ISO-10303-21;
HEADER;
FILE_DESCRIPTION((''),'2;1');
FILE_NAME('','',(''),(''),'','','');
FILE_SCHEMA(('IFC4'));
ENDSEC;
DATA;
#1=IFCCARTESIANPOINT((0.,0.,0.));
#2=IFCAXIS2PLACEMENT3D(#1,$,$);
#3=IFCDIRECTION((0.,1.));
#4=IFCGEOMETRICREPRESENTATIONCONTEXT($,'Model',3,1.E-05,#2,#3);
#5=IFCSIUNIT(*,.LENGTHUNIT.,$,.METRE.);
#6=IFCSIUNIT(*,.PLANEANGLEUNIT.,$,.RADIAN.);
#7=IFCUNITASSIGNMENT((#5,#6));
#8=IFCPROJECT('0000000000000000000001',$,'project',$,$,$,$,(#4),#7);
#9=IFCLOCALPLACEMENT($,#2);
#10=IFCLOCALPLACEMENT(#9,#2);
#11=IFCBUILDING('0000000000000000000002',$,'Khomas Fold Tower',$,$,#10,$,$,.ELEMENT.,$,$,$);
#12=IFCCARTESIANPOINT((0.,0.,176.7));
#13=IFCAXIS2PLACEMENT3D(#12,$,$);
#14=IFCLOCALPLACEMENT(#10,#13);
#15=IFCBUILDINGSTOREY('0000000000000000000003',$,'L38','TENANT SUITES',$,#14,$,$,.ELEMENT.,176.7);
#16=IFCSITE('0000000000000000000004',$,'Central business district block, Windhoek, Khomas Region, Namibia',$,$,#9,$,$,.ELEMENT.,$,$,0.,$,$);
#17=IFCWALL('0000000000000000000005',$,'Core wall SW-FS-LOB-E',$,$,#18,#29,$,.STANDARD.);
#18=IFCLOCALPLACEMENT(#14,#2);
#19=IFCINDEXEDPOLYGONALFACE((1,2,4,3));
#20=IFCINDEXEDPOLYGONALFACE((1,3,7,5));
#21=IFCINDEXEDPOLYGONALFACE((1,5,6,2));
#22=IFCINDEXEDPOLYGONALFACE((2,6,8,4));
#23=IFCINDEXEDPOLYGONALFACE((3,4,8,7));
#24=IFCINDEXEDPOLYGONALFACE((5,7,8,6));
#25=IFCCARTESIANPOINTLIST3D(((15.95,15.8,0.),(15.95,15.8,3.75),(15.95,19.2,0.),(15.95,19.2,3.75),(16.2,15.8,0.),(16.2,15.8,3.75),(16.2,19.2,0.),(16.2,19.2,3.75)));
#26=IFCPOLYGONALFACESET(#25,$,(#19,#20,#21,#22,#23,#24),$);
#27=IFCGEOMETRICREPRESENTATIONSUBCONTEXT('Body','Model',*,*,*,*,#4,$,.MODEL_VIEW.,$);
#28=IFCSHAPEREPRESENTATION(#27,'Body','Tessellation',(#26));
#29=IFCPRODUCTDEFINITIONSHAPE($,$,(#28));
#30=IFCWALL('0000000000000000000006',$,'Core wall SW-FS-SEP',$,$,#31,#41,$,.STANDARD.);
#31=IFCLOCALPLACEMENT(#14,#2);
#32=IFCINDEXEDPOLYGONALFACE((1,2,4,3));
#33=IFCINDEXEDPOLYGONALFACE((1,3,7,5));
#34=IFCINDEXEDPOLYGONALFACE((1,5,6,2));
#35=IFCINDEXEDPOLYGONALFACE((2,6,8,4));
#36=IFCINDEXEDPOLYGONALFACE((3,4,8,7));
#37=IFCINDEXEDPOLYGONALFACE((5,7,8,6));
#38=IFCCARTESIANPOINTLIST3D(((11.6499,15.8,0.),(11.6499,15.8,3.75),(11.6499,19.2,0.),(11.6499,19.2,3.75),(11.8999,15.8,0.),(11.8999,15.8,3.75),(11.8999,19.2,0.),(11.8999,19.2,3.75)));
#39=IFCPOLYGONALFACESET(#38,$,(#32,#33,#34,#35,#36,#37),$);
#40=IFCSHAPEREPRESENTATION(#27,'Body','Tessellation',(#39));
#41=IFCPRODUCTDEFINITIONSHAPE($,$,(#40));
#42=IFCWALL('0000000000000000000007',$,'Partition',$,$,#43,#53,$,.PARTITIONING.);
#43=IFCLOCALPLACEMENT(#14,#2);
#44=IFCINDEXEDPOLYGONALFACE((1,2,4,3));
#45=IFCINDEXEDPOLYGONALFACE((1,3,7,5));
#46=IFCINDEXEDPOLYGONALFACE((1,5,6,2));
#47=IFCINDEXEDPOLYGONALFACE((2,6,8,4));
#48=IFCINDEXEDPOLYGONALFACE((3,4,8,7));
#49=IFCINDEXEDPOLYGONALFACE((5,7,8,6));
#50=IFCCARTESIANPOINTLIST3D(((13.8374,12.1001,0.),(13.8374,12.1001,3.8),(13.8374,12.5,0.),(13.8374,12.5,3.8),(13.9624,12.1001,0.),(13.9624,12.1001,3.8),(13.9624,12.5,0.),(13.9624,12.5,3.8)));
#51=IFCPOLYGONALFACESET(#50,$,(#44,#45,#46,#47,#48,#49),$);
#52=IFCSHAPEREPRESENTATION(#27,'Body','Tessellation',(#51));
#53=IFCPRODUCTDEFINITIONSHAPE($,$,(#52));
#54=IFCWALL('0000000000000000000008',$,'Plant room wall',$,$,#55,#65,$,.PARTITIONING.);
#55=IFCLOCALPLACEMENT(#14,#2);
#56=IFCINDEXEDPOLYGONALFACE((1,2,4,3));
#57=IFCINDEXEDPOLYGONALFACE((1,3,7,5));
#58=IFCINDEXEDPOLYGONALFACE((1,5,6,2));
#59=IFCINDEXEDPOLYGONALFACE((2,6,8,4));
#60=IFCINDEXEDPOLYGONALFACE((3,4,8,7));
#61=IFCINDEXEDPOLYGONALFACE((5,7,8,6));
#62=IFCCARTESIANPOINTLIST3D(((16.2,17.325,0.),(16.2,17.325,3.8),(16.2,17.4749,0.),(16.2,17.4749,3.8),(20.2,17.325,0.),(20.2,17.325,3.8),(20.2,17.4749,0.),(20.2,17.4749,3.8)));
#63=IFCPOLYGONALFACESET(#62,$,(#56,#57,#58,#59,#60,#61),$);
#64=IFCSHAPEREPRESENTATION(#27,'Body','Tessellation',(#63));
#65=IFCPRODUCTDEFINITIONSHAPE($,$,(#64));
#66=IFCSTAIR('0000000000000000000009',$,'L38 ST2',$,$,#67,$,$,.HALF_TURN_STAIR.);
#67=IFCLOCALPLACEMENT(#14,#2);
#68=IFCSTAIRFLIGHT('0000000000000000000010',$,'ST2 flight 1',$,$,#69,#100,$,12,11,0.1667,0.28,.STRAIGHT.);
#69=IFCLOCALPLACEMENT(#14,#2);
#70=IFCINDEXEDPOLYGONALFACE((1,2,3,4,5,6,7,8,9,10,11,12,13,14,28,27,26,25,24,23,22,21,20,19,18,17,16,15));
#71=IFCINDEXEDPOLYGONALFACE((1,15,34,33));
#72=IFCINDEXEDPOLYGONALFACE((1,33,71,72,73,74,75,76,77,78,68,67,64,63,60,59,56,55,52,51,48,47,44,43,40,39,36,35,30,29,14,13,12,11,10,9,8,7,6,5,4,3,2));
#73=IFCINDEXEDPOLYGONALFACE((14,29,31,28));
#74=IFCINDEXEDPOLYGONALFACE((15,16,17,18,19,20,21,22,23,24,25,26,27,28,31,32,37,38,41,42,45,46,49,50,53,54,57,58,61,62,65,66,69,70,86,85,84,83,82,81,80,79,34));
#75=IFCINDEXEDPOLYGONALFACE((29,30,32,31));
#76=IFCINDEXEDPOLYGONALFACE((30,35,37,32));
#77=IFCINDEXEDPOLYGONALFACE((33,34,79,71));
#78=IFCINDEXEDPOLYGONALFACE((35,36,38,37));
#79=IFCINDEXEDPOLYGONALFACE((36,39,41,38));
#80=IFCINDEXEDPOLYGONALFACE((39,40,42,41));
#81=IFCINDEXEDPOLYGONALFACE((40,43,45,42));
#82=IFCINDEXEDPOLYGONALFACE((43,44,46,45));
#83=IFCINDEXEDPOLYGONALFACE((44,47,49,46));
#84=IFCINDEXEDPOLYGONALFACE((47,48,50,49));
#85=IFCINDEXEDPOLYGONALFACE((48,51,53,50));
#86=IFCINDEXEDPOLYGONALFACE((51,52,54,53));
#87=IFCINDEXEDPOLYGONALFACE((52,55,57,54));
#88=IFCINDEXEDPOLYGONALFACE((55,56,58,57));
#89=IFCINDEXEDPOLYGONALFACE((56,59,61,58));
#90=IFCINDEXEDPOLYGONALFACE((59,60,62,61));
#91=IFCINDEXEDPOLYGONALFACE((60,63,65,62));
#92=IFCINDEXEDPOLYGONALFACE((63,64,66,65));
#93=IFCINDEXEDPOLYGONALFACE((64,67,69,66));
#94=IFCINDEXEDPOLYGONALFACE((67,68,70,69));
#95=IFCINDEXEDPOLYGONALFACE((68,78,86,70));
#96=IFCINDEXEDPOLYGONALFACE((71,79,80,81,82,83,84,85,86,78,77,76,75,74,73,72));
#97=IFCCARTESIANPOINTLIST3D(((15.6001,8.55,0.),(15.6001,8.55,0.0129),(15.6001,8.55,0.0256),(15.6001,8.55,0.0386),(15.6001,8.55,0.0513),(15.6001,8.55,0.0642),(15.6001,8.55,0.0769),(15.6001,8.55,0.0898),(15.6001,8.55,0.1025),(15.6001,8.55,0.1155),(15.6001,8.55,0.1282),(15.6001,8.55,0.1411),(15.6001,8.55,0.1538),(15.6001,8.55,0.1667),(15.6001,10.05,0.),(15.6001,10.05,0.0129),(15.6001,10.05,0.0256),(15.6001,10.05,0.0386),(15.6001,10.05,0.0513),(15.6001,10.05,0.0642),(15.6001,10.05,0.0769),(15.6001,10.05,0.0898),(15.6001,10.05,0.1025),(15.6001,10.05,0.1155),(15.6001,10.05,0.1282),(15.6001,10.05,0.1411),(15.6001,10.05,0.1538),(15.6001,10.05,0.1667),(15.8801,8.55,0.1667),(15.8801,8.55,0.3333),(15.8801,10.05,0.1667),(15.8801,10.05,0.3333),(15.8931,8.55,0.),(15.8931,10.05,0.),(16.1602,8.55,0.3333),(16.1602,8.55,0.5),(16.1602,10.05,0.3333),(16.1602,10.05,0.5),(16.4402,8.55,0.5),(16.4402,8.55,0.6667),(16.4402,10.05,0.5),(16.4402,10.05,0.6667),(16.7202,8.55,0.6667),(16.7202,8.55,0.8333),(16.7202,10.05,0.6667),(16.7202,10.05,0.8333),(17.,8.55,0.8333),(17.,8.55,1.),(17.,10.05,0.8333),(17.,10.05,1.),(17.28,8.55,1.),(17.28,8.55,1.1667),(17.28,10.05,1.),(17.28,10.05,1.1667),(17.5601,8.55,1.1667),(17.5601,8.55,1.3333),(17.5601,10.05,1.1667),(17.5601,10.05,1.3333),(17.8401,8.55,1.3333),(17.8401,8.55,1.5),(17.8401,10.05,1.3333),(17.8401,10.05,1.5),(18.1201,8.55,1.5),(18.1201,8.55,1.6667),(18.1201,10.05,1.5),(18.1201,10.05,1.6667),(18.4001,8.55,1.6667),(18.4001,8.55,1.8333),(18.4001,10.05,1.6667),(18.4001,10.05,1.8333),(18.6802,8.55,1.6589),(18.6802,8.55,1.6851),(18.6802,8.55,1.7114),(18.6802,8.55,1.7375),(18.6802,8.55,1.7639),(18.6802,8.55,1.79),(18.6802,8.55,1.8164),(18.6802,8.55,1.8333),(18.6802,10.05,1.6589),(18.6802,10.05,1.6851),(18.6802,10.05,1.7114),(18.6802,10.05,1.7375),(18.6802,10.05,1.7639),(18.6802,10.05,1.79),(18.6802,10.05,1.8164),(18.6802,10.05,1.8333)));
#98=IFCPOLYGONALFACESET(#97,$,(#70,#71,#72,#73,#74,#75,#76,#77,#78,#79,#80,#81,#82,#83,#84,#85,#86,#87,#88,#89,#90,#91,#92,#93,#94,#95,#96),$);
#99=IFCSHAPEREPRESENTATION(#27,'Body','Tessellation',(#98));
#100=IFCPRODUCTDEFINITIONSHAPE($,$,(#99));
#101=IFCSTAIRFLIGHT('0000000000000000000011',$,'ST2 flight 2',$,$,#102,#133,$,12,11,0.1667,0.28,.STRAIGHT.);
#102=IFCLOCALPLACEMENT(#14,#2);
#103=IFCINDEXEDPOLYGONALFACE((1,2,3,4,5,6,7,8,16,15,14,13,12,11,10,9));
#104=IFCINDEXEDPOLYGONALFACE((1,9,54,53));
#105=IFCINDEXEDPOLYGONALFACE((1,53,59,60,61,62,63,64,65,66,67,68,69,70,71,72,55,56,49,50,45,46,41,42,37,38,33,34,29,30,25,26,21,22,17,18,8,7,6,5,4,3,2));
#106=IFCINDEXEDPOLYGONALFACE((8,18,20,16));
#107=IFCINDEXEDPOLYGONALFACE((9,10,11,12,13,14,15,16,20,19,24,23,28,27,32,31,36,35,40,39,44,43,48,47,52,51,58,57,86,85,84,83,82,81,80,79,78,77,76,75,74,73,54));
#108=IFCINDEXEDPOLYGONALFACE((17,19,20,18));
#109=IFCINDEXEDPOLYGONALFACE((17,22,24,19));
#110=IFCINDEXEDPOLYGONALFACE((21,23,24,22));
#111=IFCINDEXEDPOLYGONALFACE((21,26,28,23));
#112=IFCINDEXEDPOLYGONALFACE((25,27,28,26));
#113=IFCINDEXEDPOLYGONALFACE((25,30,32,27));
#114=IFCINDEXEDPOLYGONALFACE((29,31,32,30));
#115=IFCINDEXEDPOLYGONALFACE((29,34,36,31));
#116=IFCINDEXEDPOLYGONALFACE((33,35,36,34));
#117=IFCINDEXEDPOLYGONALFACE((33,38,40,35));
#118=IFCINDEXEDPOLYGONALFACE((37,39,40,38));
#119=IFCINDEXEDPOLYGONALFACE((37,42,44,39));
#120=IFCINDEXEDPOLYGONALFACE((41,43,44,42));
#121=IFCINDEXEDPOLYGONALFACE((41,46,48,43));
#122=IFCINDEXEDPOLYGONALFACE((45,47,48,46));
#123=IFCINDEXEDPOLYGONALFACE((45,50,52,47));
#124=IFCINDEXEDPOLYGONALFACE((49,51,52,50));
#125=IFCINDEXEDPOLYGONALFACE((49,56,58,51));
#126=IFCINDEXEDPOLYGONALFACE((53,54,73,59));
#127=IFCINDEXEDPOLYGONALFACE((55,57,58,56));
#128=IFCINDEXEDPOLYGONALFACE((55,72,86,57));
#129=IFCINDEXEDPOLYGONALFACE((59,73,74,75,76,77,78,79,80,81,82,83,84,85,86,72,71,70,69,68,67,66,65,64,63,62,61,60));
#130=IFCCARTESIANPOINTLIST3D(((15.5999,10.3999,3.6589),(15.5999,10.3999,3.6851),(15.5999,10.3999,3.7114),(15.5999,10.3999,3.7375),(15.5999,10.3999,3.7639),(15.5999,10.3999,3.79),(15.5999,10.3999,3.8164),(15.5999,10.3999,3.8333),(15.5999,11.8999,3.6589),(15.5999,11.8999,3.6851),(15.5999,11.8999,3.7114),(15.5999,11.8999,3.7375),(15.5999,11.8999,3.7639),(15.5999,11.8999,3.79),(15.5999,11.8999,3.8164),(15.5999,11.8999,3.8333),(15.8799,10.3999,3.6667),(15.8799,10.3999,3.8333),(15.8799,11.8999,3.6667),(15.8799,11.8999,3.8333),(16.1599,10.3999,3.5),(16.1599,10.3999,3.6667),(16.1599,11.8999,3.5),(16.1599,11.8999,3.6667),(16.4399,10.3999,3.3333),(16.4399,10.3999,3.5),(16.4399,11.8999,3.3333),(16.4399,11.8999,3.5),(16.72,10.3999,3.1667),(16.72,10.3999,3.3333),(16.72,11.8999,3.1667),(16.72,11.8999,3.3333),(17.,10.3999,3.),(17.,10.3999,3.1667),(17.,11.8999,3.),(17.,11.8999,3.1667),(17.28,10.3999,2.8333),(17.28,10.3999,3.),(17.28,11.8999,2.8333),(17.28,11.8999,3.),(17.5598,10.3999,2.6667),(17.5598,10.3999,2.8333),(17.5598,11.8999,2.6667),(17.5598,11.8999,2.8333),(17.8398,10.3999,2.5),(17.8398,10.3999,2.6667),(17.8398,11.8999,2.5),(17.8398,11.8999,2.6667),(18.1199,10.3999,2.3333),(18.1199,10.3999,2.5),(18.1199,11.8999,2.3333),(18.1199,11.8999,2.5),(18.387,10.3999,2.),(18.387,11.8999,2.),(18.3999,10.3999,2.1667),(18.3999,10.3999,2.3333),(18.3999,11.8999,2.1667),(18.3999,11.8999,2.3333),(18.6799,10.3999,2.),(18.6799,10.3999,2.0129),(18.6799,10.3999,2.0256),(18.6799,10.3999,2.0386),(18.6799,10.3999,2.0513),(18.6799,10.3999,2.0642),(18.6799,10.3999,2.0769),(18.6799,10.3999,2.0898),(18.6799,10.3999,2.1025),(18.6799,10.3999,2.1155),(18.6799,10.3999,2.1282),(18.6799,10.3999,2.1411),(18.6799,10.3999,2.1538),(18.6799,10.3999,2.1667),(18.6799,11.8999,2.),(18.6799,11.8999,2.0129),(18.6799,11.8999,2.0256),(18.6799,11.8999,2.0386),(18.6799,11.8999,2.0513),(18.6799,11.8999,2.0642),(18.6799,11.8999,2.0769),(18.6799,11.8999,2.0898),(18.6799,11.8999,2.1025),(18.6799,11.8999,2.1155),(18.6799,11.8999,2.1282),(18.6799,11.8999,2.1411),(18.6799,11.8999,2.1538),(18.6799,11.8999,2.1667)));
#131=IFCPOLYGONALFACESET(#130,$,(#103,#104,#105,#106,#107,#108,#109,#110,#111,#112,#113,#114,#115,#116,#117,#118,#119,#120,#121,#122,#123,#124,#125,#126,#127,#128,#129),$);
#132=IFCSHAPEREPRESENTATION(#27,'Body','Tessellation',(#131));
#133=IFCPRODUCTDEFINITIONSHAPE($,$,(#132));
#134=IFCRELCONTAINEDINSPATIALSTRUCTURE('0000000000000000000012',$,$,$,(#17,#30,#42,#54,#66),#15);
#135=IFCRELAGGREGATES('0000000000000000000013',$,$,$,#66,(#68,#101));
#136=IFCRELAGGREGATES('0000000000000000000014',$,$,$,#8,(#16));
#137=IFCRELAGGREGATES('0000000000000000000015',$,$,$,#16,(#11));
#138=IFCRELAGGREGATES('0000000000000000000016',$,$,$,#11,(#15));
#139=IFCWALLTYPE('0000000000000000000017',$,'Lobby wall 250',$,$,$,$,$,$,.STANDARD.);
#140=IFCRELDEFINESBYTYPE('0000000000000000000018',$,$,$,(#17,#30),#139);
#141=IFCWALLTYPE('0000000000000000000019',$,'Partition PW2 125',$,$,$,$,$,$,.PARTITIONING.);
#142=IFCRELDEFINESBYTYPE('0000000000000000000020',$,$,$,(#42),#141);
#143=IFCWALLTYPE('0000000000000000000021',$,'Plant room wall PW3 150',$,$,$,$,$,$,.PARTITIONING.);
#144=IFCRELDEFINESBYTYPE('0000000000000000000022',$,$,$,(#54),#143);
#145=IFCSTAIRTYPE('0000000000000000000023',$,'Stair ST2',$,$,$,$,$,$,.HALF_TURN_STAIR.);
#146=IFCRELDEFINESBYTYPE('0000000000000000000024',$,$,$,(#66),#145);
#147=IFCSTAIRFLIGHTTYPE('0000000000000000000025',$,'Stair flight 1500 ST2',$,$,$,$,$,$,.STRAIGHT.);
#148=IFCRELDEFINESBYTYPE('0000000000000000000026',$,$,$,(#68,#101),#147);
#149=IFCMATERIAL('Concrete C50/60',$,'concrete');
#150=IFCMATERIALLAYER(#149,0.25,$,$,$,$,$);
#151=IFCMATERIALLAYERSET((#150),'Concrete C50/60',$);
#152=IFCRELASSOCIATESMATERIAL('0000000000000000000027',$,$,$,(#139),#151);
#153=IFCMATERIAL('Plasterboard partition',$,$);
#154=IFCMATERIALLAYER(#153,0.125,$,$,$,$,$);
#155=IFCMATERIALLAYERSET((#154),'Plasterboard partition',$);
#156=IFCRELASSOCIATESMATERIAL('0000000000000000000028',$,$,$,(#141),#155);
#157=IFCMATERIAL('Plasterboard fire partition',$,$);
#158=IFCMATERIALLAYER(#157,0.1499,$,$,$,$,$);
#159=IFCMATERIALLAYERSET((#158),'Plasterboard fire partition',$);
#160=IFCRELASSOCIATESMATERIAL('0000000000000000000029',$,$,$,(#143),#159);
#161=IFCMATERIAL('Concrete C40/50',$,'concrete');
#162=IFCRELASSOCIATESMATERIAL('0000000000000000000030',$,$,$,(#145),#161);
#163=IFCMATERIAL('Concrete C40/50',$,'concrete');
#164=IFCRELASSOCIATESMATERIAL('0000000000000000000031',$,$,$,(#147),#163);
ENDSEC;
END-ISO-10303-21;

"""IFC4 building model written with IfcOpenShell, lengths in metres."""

from ifc_helpers import new_model, si_unit, direction, frame, frame_2d, origin, place, context, subcontext, project, spatial, polyline, rectangle, outline, extrude, source, transform, mapped, material, layer, layer_set, type_object, element, aggregate, save


model = new_model("IFC4")

# Units and contexts
model_context = context("Model", 3, precision=1e-05, world=origin(), true_north=direction((0.0, 1.0)))
body_context = subcontext(model_context, "Body", "Model", "MODEL_VIEW")
ifc_project = project(units=[si_unit("LENGTHUNIT", "METRE"), si_unit("PLANEANGLEUNIT", "RADIAN")], contexts=[model_context])

# Site, building, storey
site_placement = place(None, origin())
site = spatial("IfcSite", under=ifc_project, at=site_placement, Name="Central business district block, Windhoek, Khomas Region, Namibia", CompositionType="ELEMENT", RefElevation=0.0)
building_placement = place(site_placement, origin())
building = spatial("IfcBuilding", under=site, at=building_placement, Name="Khomas Fold Tower", CompositionType="ELEMENT")
storey_placement = place(building_placement, frame((0.0, 0.0, 176.7)))
storey = spatial("IfcBuildingStorey", under=building, at=storey_placement, Name="L38", Description="TENANT SUITES", CompositionType="ELEMENT", Elevation=176.7)

# Walls
ifc_material_1 = material(Name="Concrete C50/60", Category="concrete")
ifc_layer_1 = layer(ifc_material_1, 0.25)
ifc_layer_set_1 = layer_set([ifc_layer_1], Name="Concrete C50/60")
wall_type_1 = type_object("IfcWallType", Name="Lobby wall 250", PredefinedType="STANDARD", material=ifc_layer_set_1)
shared_shape_1 = source(origin(), body_context, "Body", "SweptSolid", [
    extrude(rectangle(XDim=3.3999, YDim=0.25, at=frame_2d((1.7, 0.0))), origin(), (0.0, 0.0, 1.0), 3.75),
])
for number, where, z_axis, x_axis, name in (
    (1, (16.075, 15.8, 0.0), (0.0, 0.0, 1.0), (0.0, 1.0, 0.0), "Core wall SW-FS-LOB-E"),
    (2, (11.7749, 15.8, 0.0), (0.0, 0.0, 1.0), (0.0, 1.0, 0.0), "Core wall SW-FS-SEP"),
):
    element("IfcWall", number, at=place(storey_placement, frame(where, z_axis=z_axis, x_axis=x_axis)), inside=storey, type_object=wall_type_1, Name=name, PredefinedType="STANDARD", context=body_context, shape_type="MappedRepresentation", body=[
        mapped(shared_shape_1, transform((0.0, 0.0, 0.0))),
    ])
ifc_material_2 = material(Name="Plasterboard partition")
ifc_layer_2 = layer(ifc_material_2, 0.125)
ifc_layer_set_2 = layer_set([ifc_layer_2], Name="Plasterboard partition")
wall_type_2 = type_object("IfcWallType", Name="Partition PW2 125", PredefinedType="PARTITIONING", material=ifc_layer_set_2)
shared_shape_2 = source(origin(), body_context, "Body", "SweptSolid", [
    extrude(rectangle(XDim=0.3999, YDim=0.125, at=frame_2d((0.2, 0.0))), origin(), (0.0, 0.0, 1.0), 3.8),
])
wall_1_placement = place(storey_placement, frame((13.8999, 12.1001, 0.0), z_axis=(0.0, 0.0, 1.0), x_axis=(0.0, 1.0, 0.0)))
element("IfcWall", 3, at=wall_1_placement, inside=storey, type_object=wall_type_2, Name="Partition", PredefinedType="PARTITIONING", context=body_context, shape_type="MappedRepresentation", body=[
    mapped(shared_shape_2, transform((0.0, 0.0, 0.0))),
])
ifc_material_3 = material(Name="Plasterboard fire partition")
ifc_layer_3 = layer(ifc_material_3, 0.1499)
ifc_layer_set_3 = layer_set([ifc_layer_3], Name="Plasterboard fire partition")
wall_type_3 = type_object("IfcWallType", Name="Plant room wall PW3 150", PredefinedType="PARTITIONING", material=ifc_layer_set_3)
shared_shape_3 = source(origin(), body_context, "Body", "SweptSolid", [
    extrude(rectangle(XDim=4.0, YDim=0.1499, at=frame_2d((2.0, 0.0))), origin(), (0.0, 0.0, 1.0), 3.8),
])
wall_2_placement = place(storey_placement, frame((16.2, 17.3999, 0.0), z_axis=(0.0, 0.0, 1.0), x_axis=(1.0, 0.0, 0.0)))
element("IfcWall", 4, at=wall_2_placement, inside=storey, type_object=wall_type_3, Name="Plant room wall", PredefinedType="PARTITIONING", context=body_context, shape_type="MappedRepresentation", body=[
    mapped(shared_shape_3, transform((0.0, 0.0, 0.0))),
])

# Stair, stair flights
ifc_material_4 = material(Name="Concrete C40/50", Category="concrete")
stair_type = type_object("IfcStairType", Name="Stair ST2", PredefinedType="HALF_TURN_STAIR", material=ifc_material_4)
stair_placement = place(storey_placement, origin())
stair = element("IfcStair", 5, at=stair_placement, inside=storey, type_object=stair_type, Name="L38 ST2", PredefinedType="HALF_TURN_STAIR")
ifc_material_5 = material(Name="Concrete C40/50", Category="concrete")
stair_flight_type = type_object("IfcStairFlightType", Name="Stair flight 1500 ST2", PredefinedType="STRAIGHT", material=ifc_material_5)
shared_shape_4 = source(origin(), body_context, "Body", "SweptSolid", [
    extrude(outline(polyline([(0.0, 0.0), (0.0, 0.0129), (0.0, 0.0256), (0.0, 0.0386), (0.0, 0.0513), (0.0, 0.0642), (0.0, 0.0769), (0.0, 0.0898), (0.0, 0.1025), (0.0, 0.1155), (0.0, 0.1282), (0.0, 0.1411), (0.0, 0.1538), (0.0, 0.1667), (0.28, 0.1667), (0.28, 0.3333), (0.5601, 0.3333), (0.5601, 0.5), (0.8401, 0.5), (0.8401, 0.6667), (1.1201, 0.6667), (1.1201, 0.8333), (1.3999, 0.8333), (1.3999, 1.0), (1.6799, 1.0), (1.6799, 1.1667), (1.96, 1.1667), (1.96, 1.3333), (2.24, 1.3333), (2.24, 1.5), (2.52, 1.5), (2.52, 1.6667), (2.8, 1.6667), (2.8, 1.8333), (3.0801, 1.8333), (3.0801, 2.0), (3.0801, 1.9739), (3.0801, 1.9475), (3.0801, 1.9214), (3.0801, 1.895), (3.0801, 1.8689), (3.0801, 1.8425), (3.0801, 1.8164), (3.0801, 1.79), (3.0801, 1.7639), (3.0801, 1.7375), (3.0801, 1.7114), (3.0801, 1.6851), (3.0801, 1.6589), (0.293, 0.0), (0.0, 0.0)])), frame((0.0, 0.75, 0.0), z_axis=(0.0, -1.0, 0.0), x_axis=(1.0, 0.0, 0.0)), (0.0, 0.0, 1.0), 1.5),
])
stair_flight_1_placement = place(storey_placement, frame((15.6001, 9.3, 0.0), z_axis=(0.0, 0.0, 1.0), x_axis=(1.0, 0.0, 0.0)))
stair_flight_1 = element("IfcStairFlight", 6, at=stair_flight_1_placement, type_object=stair_flight_type, Name="ST2 flight 1", NumberOfRisers=12, NumberOfTreads=11, PredefinedType="STRAIGHT", RiserHeight=0.1667, TreadLength=0.28, context=body_context, shape_type="MappedRepresentation", body=[
    mapped(shared_shape_4, transform((0.0, 0.0, 0.0))),
])
stair_flight_2_placement = place(storey_placement, frame((18.6799, 11.1499, 2.0), z_axis=(0.0, 0.0, 1.0), x_axis=(-1.0, 0.0, 0.0)))
stair_flight_2 = element("IfcStairFlight", 7, at=stair_flight_2_placement, type_object=stair_flight_type, Name="ST2 flight 2", NumberOfRisers=12, NumberOfTreads=11, PredefinedType="STRAIGHT", RiserHeight=0.1667, TreadLength=0.28, context=body_context, shape_type="MappedRepresentation", body=[
    mapped(shared_shape_4, transform((0.0, 0.0, 0.0))),
])
aggregate(stair, [stair_flight_1, stair_flight_2])

save(model, "model.ifc")
